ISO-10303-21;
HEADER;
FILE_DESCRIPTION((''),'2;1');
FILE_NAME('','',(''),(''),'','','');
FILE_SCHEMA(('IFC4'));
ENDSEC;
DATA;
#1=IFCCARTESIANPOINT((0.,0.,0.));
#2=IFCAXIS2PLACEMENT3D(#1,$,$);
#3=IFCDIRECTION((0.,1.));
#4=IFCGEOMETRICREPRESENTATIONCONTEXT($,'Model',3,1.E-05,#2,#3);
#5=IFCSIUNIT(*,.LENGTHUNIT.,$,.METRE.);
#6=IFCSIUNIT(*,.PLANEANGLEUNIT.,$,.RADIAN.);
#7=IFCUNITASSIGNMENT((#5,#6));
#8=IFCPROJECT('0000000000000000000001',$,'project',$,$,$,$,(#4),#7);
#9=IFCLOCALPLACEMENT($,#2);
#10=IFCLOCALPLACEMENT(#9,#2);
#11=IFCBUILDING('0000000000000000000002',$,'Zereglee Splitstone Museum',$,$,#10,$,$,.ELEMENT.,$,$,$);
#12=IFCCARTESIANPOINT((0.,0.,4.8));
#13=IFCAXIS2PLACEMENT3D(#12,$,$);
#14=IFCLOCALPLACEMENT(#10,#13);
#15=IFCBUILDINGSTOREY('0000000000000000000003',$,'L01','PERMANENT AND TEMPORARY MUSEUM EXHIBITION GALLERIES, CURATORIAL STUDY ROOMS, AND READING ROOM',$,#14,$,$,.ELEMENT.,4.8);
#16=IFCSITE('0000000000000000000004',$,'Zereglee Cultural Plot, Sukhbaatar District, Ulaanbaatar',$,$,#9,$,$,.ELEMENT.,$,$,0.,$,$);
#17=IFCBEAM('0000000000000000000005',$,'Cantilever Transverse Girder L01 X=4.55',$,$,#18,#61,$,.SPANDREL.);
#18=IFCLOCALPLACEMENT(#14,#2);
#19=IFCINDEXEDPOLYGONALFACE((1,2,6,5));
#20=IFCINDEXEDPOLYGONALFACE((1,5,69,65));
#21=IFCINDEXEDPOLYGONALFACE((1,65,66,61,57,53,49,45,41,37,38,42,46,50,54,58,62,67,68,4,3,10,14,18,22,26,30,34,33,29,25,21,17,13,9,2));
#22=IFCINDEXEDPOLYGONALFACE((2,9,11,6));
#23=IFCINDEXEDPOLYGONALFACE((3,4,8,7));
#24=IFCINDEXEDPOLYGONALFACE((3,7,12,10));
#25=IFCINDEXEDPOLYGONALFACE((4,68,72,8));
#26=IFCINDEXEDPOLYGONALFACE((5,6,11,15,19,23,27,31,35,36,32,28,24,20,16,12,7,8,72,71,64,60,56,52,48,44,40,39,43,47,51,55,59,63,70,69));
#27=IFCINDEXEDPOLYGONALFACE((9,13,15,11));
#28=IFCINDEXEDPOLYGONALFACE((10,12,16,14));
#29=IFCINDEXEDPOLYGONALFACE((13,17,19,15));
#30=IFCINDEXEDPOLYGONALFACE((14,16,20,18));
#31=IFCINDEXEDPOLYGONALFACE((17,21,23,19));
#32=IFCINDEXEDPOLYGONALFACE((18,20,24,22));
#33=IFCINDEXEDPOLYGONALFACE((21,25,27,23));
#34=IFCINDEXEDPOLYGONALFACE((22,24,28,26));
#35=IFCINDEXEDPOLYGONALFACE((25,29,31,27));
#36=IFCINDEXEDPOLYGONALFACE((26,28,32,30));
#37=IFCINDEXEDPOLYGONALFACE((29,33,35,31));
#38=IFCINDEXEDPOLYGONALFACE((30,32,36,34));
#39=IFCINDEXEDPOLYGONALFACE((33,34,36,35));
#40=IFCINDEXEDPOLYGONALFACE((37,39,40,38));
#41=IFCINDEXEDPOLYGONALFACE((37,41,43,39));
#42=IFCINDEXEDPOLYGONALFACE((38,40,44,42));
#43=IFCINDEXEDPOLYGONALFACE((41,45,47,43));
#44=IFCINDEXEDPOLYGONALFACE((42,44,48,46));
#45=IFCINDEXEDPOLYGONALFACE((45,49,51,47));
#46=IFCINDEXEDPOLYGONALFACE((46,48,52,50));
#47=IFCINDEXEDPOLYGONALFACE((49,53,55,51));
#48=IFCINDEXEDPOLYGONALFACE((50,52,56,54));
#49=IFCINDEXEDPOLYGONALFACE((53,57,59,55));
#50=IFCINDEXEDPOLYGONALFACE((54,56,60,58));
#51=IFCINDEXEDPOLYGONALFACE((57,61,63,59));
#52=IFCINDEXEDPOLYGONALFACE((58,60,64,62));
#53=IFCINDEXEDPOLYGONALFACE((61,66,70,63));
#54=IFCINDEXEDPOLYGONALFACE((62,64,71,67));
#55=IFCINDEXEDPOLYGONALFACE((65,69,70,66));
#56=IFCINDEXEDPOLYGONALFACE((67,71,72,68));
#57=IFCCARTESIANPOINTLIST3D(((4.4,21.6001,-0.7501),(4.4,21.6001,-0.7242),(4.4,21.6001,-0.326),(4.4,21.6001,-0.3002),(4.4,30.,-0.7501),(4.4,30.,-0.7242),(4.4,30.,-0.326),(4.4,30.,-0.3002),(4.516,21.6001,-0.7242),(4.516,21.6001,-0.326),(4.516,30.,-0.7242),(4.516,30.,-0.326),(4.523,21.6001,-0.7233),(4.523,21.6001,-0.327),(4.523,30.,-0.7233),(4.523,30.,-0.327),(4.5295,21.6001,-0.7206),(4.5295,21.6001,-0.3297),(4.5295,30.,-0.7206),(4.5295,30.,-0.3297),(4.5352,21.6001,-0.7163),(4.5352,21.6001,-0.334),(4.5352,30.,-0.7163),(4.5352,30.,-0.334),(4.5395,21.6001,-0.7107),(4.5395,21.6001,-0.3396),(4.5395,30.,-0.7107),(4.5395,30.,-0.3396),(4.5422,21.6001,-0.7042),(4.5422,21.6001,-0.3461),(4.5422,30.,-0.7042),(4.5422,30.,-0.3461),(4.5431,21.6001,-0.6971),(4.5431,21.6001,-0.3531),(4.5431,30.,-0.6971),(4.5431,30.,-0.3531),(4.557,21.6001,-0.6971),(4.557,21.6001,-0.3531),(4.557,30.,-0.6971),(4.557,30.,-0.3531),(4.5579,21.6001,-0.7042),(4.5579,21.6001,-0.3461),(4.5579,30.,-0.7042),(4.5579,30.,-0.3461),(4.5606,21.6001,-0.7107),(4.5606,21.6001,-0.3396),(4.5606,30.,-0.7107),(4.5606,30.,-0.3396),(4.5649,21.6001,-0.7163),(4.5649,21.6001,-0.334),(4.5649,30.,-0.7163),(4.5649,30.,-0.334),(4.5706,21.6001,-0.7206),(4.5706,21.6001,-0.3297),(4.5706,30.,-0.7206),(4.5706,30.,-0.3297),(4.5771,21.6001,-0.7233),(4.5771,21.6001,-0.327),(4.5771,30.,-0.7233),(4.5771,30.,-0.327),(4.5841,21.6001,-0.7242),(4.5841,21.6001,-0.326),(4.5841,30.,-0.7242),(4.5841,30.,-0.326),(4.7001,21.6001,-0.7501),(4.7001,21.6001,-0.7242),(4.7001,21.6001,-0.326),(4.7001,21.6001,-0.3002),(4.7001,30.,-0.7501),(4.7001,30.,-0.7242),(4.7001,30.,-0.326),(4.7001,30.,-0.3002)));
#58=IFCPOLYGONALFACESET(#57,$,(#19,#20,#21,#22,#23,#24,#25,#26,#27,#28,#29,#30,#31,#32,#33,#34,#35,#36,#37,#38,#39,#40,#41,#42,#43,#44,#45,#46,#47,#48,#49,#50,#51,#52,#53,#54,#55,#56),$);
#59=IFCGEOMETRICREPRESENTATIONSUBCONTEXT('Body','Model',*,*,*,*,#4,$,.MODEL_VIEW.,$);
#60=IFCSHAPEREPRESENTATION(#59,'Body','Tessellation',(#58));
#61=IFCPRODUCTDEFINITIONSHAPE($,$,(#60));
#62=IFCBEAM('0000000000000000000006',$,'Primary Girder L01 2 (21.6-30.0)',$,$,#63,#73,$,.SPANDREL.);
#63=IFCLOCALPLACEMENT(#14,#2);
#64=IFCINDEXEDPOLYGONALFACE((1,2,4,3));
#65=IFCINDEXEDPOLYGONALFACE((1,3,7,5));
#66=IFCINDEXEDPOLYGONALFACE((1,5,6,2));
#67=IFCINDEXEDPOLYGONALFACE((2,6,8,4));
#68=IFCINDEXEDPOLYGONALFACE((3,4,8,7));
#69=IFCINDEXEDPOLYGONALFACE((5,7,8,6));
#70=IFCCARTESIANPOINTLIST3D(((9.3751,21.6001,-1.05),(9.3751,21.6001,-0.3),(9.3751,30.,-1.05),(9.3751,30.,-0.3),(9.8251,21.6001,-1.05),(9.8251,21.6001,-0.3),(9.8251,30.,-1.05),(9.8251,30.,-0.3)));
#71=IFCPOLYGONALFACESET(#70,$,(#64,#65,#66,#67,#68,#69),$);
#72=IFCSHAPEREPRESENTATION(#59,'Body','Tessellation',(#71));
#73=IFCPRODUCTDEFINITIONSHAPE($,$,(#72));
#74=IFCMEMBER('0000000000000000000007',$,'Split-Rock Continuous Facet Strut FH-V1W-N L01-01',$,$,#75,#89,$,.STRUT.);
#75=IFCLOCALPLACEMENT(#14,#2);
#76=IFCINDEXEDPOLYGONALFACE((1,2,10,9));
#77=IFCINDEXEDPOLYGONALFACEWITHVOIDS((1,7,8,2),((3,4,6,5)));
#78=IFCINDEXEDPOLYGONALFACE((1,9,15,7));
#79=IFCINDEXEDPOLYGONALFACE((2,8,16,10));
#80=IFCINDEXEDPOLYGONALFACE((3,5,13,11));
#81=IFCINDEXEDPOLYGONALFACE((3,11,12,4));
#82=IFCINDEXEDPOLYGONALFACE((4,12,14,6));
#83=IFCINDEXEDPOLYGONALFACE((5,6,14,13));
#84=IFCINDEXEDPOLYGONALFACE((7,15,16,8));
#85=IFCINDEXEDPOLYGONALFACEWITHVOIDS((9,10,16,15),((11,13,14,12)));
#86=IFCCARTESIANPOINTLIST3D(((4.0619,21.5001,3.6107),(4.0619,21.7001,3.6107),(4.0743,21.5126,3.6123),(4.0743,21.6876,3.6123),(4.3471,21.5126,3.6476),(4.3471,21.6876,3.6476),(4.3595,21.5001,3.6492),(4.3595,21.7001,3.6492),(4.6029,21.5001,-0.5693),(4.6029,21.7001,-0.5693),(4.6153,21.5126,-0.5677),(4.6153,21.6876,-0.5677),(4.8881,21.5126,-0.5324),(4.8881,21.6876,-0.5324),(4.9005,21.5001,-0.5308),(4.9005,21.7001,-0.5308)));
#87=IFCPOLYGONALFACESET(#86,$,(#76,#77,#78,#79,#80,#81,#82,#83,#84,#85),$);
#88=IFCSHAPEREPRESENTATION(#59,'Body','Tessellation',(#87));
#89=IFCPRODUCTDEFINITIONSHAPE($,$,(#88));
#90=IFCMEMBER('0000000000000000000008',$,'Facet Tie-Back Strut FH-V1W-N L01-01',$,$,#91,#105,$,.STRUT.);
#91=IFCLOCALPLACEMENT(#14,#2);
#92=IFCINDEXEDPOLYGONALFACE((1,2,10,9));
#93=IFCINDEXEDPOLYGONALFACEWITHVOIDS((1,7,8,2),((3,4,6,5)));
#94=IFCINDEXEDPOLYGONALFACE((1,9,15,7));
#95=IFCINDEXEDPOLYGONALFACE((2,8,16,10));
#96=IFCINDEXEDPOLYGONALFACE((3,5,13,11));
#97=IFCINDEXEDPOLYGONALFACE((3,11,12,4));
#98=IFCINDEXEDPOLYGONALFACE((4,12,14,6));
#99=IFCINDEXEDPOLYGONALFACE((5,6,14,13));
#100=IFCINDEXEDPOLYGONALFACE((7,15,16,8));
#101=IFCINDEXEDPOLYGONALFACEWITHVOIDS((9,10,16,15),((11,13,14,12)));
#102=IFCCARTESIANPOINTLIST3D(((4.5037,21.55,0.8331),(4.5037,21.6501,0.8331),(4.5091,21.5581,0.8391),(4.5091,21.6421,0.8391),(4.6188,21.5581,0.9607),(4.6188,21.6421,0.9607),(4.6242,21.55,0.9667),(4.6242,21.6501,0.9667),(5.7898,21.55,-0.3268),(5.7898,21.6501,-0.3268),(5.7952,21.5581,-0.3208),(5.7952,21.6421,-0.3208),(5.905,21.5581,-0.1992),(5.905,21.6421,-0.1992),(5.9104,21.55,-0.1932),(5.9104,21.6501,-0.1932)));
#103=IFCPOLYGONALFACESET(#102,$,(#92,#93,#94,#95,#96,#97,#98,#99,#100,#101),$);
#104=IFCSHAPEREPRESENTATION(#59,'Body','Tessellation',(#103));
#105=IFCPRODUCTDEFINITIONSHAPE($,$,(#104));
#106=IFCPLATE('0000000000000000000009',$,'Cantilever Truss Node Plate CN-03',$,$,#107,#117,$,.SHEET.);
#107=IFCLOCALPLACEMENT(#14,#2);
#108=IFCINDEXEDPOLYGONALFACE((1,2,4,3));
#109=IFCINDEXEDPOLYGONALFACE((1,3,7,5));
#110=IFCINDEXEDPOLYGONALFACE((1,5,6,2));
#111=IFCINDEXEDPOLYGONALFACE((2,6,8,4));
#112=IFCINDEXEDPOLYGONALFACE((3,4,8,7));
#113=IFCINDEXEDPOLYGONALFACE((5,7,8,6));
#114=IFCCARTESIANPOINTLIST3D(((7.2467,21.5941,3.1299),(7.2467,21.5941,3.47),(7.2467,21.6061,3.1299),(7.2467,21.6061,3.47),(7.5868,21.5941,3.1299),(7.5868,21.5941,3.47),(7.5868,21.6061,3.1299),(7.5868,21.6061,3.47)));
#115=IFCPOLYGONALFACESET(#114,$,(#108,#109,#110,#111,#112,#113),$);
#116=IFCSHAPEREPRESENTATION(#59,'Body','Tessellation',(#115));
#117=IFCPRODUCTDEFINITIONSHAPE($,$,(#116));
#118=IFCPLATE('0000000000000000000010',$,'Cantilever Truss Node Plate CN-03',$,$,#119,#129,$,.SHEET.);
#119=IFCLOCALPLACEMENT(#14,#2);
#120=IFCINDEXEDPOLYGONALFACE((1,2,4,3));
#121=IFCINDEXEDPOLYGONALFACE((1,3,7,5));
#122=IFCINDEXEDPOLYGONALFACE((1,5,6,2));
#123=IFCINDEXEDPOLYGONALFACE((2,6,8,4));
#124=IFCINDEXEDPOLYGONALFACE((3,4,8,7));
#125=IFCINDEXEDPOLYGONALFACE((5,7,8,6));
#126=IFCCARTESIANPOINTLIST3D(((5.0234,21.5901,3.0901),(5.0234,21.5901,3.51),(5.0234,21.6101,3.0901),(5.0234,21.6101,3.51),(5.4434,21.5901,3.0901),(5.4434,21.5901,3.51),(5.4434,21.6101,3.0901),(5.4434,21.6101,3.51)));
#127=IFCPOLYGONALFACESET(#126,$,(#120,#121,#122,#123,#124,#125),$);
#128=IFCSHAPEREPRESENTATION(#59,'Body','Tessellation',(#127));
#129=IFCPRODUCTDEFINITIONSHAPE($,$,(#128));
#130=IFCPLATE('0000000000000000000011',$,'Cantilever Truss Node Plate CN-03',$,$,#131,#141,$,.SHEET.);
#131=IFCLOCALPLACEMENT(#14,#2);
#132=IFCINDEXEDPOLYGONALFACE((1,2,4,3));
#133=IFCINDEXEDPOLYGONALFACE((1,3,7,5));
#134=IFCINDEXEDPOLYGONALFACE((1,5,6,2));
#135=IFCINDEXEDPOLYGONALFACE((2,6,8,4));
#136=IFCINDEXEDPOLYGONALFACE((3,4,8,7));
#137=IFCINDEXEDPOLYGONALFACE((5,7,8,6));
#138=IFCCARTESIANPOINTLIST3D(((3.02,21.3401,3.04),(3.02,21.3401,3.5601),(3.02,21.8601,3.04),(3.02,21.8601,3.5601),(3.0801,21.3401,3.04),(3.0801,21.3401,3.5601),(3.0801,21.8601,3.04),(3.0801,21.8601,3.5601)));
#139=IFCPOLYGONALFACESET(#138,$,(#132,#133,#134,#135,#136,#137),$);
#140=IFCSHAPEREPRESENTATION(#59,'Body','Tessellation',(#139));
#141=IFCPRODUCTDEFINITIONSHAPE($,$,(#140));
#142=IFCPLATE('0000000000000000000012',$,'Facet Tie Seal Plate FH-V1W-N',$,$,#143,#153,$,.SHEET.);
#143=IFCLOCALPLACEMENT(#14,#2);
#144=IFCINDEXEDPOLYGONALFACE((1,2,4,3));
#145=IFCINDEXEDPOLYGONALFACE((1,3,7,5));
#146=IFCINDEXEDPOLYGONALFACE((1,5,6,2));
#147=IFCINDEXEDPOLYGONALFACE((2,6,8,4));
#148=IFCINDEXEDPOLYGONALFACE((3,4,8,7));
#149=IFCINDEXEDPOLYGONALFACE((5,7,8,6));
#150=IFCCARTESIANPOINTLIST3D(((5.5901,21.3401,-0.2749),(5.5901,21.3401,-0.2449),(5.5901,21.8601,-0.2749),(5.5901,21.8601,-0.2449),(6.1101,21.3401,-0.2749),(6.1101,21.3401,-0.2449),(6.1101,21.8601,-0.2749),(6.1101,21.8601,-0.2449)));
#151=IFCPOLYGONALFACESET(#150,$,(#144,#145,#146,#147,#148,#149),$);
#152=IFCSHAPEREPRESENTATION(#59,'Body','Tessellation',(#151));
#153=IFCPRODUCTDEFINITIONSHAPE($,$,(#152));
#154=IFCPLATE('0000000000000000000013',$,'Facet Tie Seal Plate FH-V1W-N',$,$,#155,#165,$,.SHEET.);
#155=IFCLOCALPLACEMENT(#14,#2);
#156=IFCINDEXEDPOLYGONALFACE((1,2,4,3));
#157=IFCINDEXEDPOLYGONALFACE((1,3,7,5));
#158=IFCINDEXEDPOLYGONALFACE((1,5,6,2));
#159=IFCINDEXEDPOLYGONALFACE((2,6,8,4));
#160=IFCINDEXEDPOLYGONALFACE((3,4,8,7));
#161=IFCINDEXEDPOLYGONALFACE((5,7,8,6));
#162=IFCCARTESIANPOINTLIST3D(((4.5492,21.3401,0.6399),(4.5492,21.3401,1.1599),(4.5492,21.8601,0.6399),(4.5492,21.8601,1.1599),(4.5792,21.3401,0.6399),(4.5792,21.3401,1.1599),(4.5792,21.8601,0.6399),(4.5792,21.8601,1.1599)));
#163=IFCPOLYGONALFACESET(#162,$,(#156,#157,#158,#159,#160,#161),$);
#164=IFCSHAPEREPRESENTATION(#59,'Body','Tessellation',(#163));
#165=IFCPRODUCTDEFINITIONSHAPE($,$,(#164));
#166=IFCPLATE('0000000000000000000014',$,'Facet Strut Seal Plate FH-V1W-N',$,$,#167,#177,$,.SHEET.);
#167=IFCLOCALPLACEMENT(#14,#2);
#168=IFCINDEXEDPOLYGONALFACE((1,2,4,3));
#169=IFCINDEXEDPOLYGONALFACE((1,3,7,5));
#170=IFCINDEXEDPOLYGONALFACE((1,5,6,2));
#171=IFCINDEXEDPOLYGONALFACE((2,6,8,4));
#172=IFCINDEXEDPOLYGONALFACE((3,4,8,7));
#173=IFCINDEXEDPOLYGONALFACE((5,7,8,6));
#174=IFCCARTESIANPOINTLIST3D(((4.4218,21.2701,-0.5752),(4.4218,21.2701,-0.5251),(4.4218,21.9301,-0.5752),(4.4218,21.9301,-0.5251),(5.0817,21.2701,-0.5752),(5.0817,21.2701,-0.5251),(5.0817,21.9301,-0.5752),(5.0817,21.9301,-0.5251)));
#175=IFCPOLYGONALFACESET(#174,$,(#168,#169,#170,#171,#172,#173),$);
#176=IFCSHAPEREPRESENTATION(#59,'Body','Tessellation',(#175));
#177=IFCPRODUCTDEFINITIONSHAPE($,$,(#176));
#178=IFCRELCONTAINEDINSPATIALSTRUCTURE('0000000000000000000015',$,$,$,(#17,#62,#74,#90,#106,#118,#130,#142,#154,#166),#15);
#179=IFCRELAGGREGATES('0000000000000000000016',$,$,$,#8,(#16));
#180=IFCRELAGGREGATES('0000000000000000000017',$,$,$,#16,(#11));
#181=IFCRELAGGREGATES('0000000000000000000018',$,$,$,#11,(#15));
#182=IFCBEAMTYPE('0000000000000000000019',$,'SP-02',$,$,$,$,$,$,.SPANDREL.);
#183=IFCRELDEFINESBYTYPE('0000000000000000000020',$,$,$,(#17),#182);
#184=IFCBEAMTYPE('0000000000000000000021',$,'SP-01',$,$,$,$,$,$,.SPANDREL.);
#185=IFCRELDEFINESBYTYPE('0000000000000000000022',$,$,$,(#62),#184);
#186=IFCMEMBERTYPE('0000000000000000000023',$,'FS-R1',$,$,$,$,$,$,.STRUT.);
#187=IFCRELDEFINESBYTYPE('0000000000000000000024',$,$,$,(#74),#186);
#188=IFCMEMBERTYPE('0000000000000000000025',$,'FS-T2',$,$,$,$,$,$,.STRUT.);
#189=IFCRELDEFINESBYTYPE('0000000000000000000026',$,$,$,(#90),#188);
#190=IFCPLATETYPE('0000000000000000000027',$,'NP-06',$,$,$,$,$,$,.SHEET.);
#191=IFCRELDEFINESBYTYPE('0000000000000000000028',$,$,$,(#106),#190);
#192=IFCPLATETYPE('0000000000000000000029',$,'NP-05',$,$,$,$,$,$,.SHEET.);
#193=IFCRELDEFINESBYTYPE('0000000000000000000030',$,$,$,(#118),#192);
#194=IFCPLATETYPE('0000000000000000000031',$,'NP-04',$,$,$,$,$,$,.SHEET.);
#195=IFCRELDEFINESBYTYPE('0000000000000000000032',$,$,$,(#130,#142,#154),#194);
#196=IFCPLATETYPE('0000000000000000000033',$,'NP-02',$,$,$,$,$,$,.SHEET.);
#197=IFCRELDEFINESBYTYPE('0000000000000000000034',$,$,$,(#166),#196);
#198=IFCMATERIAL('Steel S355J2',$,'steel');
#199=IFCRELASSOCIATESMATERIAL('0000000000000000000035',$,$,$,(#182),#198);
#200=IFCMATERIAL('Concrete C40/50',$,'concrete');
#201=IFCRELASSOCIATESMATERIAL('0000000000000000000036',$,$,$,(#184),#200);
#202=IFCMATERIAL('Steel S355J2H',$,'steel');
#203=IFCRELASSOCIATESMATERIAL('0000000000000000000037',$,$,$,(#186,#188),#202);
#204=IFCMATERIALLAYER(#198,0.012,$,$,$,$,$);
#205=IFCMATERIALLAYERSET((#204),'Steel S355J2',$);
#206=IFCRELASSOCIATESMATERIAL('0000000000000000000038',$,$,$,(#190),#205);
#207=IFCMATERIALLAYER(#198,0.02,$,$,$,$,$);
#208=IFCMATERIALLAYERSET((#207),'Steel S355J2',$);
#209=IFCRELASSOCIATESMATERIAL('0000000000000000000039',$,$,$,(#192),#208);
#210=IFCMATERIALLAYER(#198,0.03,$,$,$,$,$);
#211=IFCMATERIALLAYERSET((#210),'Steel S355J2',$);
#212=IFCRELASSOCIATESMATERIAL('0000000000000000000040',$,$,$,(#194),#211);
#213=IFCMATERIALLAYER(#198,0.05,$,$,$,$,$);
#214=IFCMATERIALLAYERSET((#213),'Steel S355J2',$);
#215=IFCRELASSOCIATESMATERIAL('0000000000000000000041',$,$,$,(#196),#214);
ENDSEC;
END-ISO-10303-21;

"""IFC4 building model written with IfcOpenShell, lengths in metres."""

from ifc_helpers import new_model, si_unit, direction, frame, origin, origin_2d, place, context, subcontext, project, spatial, rectangle, hollow_rectangle, i_section, extrude, material, layer, layer_set, material_profile, profile_set, type_object, element, save


model = new_model("IFC4")

# Units and contexts
model_context = context("Model", 3, precision=1e-05, world=origin(), true_north=direction((0.0, 1.0)))
body_context = subcontext(model_context, "Body", "Model", "MODEL_VIEW")
ifc_project = project(units=[si_unit("LENGTHUNIT", "METRE"), si_unit("PLANEANGLEUNIT", "RADIAN")], contexts=[model_context])

# Site, building, storey
site_placement = place(None, origin())
site = spatial("IfcSite", under=ifc_project, at=site_placement, Name="Zereglee Cultural Plot, Sukhbaatar District, Ulaanbaatar", CompositionType="ELEMENT", RefElevation=0.0)
building_placement = place(site_placement, origin())
building = spatial("IfcBuilding", under=site, at=building_placement, Name="Zereglee Splitstone Museum", CompositionType="ELEMENT")
storey_placement = place(building_placement, frame((0.0, 0.0, 4.8)))
storey = spatial("IfcBuildingStorey", under=building, at=storey_placement, Name="L01", Description="PERMANENT AND TEMPORARY MUSEUM EXHIBITION GALLERIES, CURATORIAL STUDY ROOMS, AND READING ROOM", CompositionType="ELEMENT", Elevation=4.8)

# Shared definitions
ifc_material_1 = material(Name="Steel S355J2H", Category="steel")

# Shared definitions
ifc_material_2 = material(Name="Steel S355J2", Category="steel")

# Beams
ifc_material_profile_1 = material_profile(ifc_material_2, i_section(OverallWidth=0.3, OverallDepth=0.45, WebThickness=0.0139, FlangeThickness=0.0259, FilletRadius=0.0271, at=origin_2d()), Name="HE 450 B")
ifc_profile_set_1 = profile_set([ifc_material_profile_1], Name="Steel S355J2")
beam_type_1 = type_object("IfcBeamType", Name="SP-02", PredefinedType="SPANDREL", material=ifc_profile_set_1)
beam_1_placement = place(storey_placement, frame((4.55, 21.6001, -0.5251), z_axis=(0.0, 1.0, 0.0), x_axis=(-1.0, 0.0, 0.0)))
element("IfcBeam", 1, at=beam_1_placement, inside=storey, type_object=beam_type_1, Name="Cantilever Transverse Girder L01 X=4.55", PredefinedType="SPANDREL", context=body_context, shape_type="SweptSolid", body=[
    extrude(i_section(OverallWidth=0.3, OverallDepth=0.45, WebThickness=0.0139, FlangeThickness=0.0259, FilletRadius=0.0271, at=origin_2d()), origin(), (0.0, 0.0, 1.0), 8.3999),
])
ifc_material_3 = material(Name="Concrete C40/50", Category="concrete")
ifc_material_profile_2 = material_profile(ifc_material_3, rectangle(XDim=0.45, YDim=0.75, at=origin_2d()), Name="RC 450x750")
ifc_profile_set_2 = profile_set([ifc_material_profile_2], Name="Concrete C40/50")
beam_type_2 = type_object("IfcBeamType", Name="SP-01", PredefinedType="SPANDREL", material=ifc_profile_set_2)
beam_2_placement = place(storey_placement, frame((9.6001, 21.6001, -0.675), z_axis=(0.0, 1.0, 0.0), x_axis=(-1.0, 0.0, 0.0)))
element("IfcBeam", 2, at=beam_2_placement, inside=storey, type_object=beam_type_2, Name="Primary Girder L01 2 (21.6-30.0)", PredefinedType="SPANDREL", context=body_context, shape_type="SweptSolid", body=[
    extrude(rectangle(XDim=0.45, YDim=0.75, at=origin_2d()), origin(), (0.0, 0.0, 1.0), 8.3999),
])

# Members
ifc_material_profile_3 = material_profile(ifc_material_1, hollow_rectangle(XDim=0.2, YDim=0.3, WallThickness=0.0125, at=origin_2d()), Name="RHS 300x200x12.5")
ifc_profile_set_3 = profile_set([ifc_material_profile_3], Name="Steel S355J2H")
member_type_1 = type_object("IfcMemberType", Name="FS-R1", PredefinedType="STRUT", material=ifc_profile_set_3)
member_1_placement = place(storey_placement, frame((4.7517, 21.6001, -0.55), z_axis=(-0.128361, 0.0, 0.991728), x_axis=(0.0, -1.0, 0.0)))
element("IfcMember", 3, at=member_1_placement, inside=storey, type_object=member_type_1, Name="Split-Rock Continuous Facet Strut FH-V1W-N L01-01", PredefinedType="STRUT", context=body_context, shape_type="SweptSolid", body=[
    extrude(hollow_rectangle(XDim=0.2, YDim=0.3, WallThickness=0.0125, at=origin_2d()), origin(), (0.0, 0.0, 1.0), 4.2148),
])
ifc_material_profile_4 = material_profile(ifc_material_1, hollow_rectangle(XDim=0.1001, YDim=0.1799, WallThickness=0.0081, at=origin_2d()), Name="RHS 180x100x8")
ifc_profile_set_4 = profile_set([ifc_material_profile_4], Name="Steel S355J2H")
member_type_2 = type_object("IfcMemberType", Name="FS-T2", PredefinedType="STRUT", material=ifc_profile_set_4)
member_2_placement = place(storey_placement, frame((5.8501, 21.6001, -0.26), z_axis=(-0.742607, 0.0, 0.669728), x_axis=(0.0, -1.0, 0.0)))
element("IfcMember", 4, at=member_2_placement, inside=storey, type_object=member_type_2, Name="Facet Tie-Back Strut FH-V1W-N L01-01", PredefinedType="STRUT", context=body_context, shape_type="SweptSolid", body=[
    extrude(hollow_rectangle(XDim=0.1001, YDim=0.1799, WallThickness=0.0081, at=origin_2d()), origin(), (0.0, 0.0, 1.0), 1.7319),
])

# Plates
ifc_layer_1 = layer(ifc_material_2, 0.012)
ifc_layer_set_1 = layer_set([ifc_layer_1], Name="Steel S355J2")
plate_type_1 = type_object("IfcPlateType", Name="NP-06", PredefinedType="SHEET", material=ifc_layer_set_1)
plate_1_placement = place(storey_placement, frame((7.4167, 21.6001, 3.1299), z_axis=(0.0, 0.0, 1.0), x_axis=(1.0, 0.0, 0.0)))
element("IfcPlate", 5, at=plate_1_placement, inside=storey, type_object=plate_type_1, Name="Cantilever Truss Node Plate CN-03", PredefinedType="SHEET", context=body_context, shape_type="SweptSolid", body=[
    extrude(rectangle(XDim=0.3401, YDim=0.012, at=origin_2d()), origin(), (0.0, 0.0, 1.0), 0.3401),
])
ifc_layer_2 = layer(ifc_material_2, 0.02)
ifc_layer_set_2 = layer_set([ifc_layer_2], Name="Steel S355J2")
plate_type_2 = type_object("IfcPlateType", Name="NP-05", PredefinedType="SHEET", material=ifc_layer_set_2)
plate_2_placement = place(storey_placement, frame((5.2334, 21.6001, 3.0901), z_axis=(0.0, 0.0, 1.0), x_axis=(1.0, 0.0, 0.0)))
element("IfcPlate", 6, at=plate_2_placement, inside=storey, type_object=plate_type_2, Name="Cantilever Truss Node Plate CN-03", PredefinedType="SHEET", context=body_context, shape_type="SweptSolid", body=[
    extrude(rectangle(XDim=0.4199, YDim=0.02, at=origin_2d()), origin(), (0.0, 0.0, 1.0), 0.4199),
])
ifc_layer_3 = layer(ifc_material_2, 0.03)
ifc_layer_set_3 = layer_set([ifc_layer_3], Name="Steel S355J2")
plate_type_3 = type_object("IfcPlateType", Name="NP-04", PredefinedType="SHEET", material=ifc_layer_set_3)
plate_3_placement = place(storey_placement, frame((3.05, 21.6001, 3.04), z_axis=(0.0, 0.0, 1.0), x_axis=(1.0, 0.0, 0.0)))
element("IfcPlate", 7, at=plate_3_placement, inside=storey, type_object=plate_type_3, Name="Cantilever Truss Node Plate CN-03", PredefinedType="SHEET", context=body_context, shape_type="SweptSolid", body=[
    extrude(rectangle(XDim=0.0601, YDim=0.52, at=origin_2d()), origin(), (0.0, 0.0, 1.0), 0.52),
])
plate_4_placement = place(storey_placement, frame((5.8501, 21.6001, -0.2749), z_axis=(0.0, 0.0, 1.0), x_axis=(1.0, 0.0, 0.0)))
element("IfcPlate", 8, at=plate_4_placement, inside=storey, type_object=plate_type_3, Name="Facet Tie Seal Plate FH-V1W-N", PredefinedType="SHEET", context=body_context, shape_type="SweptSolid", body=[
    extrude(rectangle(XDim=0.52, YDim=0.52, at=origin_2d()), origin(), (0.0, 0.0, 1.0), 0.03),
])
plate_5_placement = place(storey_placement, frame((4.5642, 21.6001, 0.6399), z_axis=(0.0, 0.0, 1.0), x_axis=(1.0, 0.0, 0.0)))
element("IfcPlate", 9, at=plate_5_placement, inside=storey, type_object=plate_type_3, Name="Facet Tie Seal Plate FH-V1W-N", PredefinedType="SHEET", context=body_context, shape_type="SweptSolid", body=[
    extrude(rectangle(XDim=0.03, YDim=0.52, at=origin_2d()), origin(), (0.0, 0.0, 1.0), 0.52),
])
ifc_layer_4 = layer(ifc_material_2, 0.05)
ifc_layer_set_4 = layer_set([ifc_layer_4], Name="Steel S355J2")
plate_type_4 = type_object("IfcPlateType", Name="NP-02", PredefinedType="SHEET", material=ifc_layer_set_4)
for number, where, z_axis, x_axis, name in (
    (10, (4.7517, 21.6001, -0.5752), (0.0, 0.0, 1.0), (1.0, 0.0, 0.0), "Facet Strut Seal Plate FH-V1W-N"),
):
    element("IfcPlate", number, at=place(storey_placement, frame(where, z_axis=z_axis, x_axis=x_axis)), inside=storey, type_object=plate_type_4, Name=name, PredefinedType="SHEET", context=body_context, shape_type="SweptSolid", body=[
        extrude(rectangle(XDim=0.6599, YDim=0.6599, at=origin_2d()), origin(), (0.0, 0.0, 1.0), 0.05),
    ])

save(model, "model.ifc")
